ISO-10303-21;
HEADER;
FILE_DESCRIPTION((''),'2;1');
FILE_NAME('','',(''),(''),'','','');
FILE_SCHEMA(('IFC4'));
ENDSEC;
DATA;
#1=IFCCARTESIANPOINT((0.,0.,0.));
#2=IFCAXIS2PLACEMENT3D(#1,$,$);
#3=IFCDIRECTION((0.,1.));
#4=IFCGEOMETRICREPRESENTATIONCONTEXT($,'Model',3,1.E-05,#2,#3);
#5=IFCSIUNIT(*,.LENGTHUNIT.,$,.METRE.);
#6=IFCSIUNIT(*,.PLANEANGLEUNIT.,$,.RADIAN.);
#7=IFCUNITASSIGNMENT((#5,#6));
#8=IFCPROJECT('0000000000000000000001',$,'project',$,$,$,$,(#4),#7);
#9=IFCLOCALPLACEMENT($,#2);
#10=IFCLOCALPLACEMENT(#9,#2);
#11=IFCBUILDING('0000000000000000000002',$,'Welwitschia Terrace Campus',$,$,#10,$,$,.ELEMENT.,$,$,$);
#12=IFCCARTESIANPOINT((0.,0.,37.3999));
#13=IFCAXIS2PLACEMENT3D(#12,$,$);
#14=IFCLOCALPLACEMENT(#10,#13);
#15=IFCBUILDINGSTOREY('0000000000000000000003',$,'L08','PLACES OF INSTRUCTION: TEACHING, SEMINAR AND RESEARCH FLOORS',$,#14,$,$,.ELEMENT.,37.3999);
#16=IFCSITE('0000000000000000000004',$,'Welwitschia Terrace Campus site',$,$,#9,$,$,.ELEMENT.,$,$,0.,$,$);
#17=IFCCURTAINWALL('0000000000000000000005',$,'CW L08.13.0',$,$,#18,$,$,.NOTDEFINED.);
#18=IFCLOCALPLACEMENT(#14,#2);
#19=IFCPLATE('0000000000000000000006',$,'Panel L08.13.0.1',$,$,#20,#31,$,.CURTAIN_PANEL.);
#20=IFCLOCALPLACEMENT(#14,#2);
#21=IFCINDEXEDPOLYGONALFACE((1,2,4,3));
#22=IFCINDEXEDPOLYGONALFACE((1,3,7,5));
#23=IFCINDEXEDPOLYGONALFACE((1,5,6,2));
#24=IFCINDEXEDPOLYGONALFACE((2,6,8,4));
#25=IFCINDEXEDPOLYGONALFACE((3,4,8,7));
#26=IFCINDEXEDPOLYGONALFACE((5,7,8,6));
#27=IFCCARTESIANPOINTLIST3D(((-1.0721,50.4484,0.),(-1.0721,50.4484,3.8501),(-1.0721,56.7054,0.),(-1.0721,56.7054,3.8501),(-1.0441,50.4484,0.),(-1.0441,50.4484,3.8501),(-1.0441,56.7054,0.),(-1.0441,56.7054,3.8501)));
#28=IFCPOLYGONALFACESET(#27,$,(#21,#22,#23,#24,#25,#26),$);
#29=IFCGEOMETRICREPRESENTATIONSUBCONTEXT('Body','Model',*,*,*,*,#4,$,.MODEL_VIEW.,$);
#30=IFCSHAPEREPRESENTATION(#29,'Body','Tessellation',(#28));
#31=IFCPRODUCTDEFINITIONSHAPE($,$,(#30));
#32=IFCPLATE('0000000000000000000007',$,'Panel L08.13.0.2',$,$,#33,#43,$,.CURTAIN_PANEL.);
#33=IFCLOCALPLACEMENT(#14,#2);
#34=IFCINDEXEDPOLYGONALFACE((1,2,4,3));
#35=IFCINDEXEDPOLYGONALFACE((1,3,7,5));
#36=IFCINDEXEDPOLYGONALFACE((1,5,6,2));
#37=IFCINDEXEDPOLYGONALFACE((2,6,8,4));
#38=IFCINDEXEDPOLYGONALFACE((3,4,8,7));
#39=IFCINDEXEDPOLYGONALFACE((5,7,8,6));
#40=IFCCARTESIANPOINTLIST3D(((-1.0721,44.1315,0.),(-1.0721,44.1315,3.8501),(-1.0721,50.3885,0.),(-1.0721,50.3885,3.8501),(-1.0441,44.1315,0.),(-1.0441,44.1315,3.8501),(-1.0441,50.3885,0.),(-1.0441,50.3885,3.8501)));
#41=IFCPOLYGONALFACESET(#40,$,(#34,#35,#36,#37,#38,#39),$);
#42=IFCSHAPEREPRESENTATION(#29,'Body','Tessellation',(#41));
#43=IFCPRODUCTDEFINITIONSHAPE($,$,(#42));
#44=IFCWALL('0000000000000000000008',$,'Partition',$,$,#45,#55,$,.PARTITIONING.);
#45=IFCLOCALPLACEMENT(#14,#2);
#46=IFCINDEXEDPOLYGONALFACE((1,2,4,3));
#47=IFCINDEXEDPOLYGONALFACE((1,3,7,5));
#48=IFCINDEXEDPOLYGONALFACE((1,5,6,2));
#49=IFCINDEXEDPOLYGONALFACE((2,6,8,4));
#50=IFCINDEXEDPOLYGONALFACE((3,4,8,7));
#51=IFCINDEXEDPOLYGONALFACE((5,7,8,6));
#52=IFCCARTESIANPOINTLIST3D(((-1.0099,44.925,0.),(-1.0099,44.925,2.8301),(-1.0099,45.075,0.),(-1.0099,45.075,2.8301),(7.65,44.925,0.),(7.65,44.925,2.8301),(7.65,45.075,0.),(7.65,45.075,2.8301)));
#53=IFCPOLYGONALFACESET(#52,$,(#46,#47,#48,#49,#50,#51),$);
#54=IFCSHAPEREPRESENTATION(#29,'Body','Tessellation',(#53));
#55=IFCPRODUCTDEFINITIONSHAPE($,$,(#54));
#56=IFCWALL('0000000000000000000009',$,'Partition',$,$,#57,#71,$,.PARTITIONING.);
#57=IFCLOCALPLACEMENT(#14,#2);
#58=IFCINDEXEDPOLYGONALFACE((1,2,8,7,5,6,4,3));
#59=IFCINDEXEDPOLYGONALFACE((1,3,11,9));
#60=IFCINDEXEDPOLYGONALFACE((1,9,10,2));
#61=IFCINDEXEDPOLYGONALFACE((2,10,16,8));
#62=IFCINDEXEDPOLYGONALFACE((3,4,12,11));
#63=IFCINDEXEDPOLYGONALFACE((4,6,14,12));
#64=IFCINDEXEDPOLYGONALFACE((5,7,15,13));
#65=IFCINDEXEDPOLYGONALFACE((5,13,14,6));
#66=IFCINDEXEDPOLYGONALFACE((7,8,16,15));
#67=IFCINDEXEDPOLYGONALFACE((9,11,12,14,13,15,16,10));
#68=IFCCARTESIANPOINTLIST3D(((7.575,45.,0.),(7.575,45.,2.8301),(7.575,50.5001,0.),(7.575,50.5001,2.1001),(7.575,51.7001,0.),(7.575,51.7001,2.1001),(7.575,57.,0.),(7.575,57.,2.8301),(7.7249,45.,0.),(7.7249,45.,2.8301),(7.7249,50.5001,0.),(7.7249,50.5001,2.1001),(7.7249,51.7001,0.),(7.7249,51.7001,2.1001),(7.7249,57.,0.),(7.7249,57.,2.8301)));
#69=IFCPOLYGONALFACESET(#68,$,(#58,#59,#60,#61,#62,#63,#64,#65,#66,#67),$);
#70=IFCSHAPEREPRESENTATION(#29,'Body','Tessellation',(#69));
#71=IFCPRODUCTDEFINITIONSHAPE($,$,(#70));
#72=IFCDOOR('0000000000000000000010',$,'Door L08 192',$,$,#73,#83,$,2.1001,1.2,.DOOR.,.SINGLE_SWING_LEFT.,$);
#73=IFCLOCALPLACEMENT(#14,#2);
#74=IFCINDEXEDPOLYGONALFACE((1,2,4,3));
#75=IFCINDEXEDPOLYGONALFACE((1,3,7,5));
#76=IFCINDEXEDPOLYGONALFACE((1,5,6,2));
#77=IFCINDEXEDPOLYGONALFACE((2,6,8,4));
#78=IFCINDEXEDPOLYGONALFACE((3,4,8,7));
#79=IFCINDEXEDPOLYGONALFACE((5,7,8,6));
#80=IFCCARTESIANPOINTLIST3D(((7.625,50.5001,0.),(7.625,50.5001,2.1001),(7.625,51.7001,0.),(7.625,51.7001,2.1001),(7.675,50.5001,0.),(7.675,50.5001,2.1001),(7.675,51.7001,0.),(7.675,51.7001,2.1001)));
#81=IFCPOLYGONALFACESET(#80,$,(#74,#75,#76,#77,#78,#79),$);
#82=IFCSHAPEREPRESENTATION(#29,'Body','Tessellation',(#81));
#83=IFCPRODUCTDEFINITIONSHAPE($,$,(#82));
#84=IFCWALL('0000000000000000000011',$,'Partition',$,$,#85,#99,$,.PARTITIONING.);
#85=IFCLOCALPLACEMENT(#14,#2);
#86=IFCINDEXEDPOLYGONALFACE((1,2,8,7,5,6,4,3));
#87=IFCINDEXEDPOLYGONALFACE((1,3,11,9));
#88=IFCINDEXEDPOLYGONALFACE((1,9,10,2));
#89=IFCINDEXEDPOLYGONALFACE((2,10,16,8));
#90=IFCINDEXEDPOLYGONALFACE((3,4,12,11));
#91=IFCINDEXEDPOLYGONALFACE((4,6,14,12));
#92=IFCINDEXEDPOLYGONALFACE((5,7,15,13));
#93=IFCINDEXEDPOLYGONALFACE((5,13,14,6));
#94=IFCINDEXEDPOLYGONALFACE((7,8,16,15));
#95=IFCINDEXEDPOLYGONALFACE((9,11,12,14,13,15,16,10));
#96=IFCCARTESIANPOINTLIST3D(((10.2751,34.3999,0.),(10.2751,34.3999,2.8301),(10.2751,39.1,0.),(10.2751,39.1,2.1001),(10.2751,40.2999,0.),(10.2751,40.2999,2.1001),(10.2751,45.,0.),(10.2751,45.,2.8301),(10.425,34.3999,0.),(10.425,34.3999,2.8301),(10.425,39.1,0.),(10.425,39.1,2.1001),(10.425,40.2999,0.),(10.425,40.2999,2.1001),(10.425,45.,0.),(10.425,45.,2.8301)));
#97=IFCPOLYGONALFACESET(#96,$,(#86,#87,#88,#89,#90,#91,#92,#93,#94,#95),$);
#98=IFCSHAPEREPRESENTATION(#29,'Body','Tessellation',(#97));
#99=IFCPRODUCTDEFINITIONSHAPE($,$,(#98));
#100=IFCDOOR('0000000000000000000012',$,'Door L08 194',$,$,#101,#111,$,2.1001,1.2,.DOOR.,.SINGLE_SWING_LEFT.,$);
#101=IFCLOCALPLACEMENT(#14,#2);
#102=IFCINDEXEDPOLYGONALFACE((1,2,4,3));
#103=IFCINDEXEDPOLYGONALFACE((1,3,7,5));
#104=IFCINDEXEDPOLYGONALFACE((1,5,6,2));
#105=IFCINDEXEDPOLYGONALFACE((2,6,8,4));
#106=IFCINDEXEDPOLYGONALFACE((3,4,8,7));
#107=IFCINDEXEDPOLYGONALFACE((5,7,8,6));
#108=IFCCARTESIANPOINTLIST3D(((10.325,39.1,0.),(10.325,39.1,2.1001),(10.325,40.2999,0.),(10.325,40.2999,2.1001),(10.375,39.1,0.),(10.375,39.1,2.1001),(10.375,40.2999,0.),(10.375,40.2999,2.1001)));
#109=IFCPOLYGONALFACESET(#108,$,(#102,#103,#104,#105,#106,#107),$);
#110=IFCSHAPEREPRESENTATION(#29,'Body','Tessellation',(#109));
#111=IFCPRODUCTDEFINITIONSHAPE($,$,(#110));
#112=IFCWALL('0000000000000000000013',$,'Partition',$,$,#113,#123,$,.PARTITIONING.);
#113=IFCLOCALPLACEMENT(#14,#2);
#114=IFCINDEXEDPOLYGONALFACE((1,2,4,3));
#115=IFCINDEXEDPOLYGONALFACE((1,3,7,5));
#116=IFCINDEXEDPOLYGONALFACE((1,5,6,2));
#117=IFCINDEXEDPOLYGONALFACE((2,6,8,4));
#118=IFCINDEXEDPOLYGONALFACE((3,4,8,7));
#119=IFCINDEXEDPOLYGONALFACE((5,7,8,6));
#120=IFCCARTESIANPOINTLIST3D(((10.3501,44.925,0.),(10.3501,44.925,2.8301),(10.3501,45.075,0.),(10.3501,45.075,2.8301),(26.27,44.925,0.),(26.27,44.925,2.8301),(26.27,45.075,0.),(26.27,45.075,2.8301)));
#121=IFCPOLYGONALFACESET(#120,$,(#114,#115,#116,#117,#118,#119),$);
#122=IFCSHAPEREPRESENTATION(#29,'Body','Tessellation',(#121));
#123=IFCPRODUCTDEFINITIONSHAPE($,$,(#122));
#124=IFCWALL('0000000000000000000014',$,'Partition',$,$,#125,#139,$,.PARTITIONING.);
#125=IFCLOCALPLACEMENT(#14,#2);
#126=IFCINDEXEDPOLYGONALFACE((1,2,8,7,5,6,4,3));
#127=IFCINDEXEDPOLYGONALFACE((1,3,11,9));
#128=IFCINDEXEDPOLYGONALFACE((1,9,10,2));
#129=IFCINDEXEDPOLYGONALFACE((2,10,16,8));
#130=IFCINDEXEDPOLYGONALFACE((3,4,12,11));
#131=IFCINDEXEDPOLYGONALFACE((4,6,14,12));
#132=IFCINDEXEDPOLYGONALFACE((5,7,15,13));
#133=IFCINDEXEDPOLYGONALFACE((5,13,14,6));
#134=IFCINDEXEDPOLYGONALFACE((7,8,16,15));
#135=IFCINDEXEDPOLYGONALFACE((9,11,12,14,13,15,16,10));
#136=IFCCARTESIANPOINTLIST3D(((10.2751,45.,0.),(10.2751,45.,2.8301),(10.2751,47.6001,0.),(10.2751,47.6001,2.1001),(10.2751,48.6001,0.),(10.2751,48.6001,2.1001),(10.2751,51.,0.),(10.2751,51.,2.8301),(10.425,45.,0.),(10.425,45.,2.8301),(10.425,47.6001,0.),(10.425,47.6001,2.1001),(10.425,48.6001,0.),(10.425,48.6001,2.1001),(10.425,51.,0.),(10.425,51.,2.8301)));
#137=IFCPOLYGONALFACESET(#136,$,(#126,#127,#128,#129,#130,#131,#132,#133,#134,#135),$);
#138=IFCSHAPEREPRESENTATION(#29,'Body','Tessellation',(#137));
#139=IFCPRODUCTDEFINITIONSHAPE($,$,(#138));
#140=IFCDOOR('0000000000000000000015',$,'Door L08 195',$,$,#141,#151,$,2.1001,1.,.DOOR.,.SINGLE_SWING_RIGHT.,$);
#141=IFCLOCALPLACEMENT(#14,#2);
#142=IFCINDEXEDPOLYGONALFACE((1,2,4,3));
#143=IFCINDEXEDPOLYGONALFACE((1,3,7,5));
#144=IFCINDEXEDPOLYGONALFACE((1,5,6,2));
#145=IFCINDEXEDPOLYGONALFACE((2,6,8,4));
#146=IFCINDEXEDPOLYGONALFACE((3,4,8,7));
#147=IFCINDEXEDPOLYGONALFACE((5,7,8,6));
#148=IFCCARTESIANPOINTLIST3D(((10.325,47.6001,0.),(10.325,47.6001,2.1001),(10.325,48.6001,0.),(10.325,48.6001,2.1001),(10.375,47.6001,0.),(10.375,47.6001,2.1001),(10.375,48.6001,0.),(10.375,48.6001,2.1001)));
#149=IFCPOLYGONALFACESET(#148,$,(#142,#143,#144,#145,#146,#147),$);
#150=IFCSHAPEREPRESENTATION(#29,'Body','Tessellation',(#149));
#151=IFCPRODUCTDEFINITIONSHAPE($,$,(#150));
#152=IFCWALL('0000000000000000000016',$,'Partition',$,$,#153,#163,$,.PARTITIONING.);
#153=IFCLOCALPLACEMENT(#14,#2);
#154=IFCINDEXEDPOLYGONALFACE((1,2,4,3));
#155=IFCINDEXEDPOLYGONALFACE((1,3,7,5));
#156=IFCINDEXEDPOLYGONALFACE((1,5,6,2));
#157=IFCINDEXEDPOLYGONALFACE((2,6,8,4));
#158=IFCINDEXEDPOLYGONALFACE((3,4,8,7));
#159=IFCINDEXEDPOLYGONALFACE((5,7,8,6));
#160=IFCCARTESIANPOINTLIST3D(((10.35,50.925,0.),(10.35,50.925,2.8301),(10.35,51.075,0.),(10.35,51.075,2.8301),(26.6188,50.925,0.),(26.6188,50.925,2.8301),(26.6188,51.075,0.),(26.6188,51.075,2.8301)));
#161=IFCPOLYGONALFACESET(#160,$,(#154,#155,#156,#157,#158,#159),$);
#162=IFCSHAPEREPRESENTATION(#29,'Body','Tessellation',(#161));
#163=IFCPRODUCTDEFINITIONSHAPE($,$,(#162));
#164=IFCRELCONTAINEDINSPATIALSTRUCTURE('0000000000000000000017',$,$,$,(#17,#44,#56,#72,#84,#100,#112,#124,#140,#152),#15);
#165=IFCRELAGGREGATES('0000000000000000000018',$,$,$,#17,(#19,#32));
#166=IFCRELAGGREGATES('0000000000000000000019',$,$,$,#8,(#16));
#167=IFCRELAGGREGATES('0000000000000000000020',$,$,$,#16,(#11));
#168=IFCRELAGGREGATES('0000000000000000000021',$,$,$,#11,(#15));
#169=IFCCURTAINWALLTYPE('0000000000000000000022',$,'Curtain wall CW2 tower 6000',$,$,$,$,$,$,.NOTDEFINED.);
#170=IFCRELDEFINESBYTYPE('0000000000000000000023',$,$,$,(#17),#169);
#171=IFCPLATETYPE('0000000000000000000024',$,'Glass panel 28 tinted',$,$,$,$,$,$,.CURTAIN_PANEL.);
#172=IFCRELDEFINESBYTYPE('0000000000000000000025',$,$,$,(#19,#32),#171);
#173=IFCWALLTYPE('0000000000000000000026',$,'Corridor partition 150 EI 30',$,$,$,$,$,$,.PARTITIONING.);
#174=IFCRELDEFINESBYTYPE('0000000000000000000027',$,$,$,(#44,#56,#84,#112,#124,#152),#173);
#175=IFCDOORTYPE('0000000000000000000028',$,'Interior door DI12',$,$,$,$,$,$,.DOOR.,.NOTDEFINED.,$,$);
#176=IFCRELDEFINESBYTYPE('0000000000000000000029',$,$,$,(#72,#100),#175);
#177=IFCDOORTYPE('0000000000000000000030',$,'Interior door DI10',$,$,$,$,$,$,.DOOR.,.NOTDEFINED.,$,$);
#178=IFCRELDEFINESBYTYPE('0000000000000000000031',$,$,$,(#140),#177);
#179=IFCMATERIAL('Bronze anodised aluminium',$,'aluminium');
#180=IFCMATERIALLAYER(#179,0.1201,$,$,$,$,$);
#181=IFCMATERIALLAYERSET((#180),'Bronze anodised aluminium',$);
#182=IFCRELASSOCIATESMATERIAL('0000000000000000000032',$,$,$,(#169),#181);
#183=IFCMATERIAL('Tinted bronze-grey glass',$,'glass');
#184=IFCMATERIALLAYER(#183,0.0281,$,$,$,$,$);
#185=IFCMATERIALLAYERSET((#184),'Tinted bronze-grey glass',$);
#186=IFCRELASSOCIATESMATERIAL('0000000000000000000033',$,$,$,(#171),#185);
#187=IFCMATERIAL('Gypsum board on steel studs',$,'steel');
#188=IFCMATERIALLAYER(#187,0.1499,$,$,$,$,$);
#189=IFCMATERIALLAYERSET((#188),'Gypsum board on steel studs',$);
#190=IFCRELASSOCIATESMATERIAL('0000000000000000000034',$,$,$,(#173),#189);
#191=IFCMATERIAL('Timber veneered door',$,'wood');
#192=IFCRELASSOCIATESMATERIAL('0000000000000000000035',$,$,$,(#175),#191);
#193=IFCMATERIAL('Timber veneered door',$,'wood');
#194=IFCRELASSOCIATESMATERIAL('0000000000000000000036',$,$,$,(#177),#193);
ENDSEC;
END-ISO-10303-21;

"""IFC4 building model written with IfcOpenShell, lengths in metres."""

from ifc_helpers import new_model, si_unit, direction, frame, frame_2d, origin, origin_2d, place, context, subcontext, project, spatial, rectangle, extrude, material, layer, layer_set, type_object, element, fill, aggregate, save


model = new_model("IFC4")

# Units and contexts
model_context = context("Model", 3, precision=1e-05, world=origin(), true_north=direction((0.0, 1.0)))
body_context = subcontext(model_context, "Body", "Model", "MODEL_VIEW")
ifc_project = project(units=[si_unit("LENGTHUNIT", "METRE"), si_unit("PLANEANGLEUNIT", "RADIAN")], contexts=[model_context])

# Site, building, storey
site_placement = place(None, origin())
site = spatial("IfcSite", under=ifc_project, at=site_placement, Name="Welwitschia Terrace Campus site", CompositionType="ELEMENT", RefElevation=0.0)
building_placement = place(site_placement, origin())
building = spatial("IfcBuilding", under=site, at=building_placement, Name="Welwitschia Terrace Campus", CompositionType="ELEMENT")
storey_placement = place(building_placement, frame((0.0, 0.0, 37.3999)))
storey = spatial("IfcBuildingStorey", under=building, at=storey_placement, Name="L08", Description="PLACES OF INSTRUCTION: TEACHING, SEMINAR AND RESEARCH FLOORS", CompositionType="ELEMENT", Elevation=37.3999)

# Curtain wall
ifc_material_1 = material(Name="Bronze anodised aluminium", Category="aluminium")
ifc_layer_1 = layer(ifc_material_1, 0.1201)
ifc_layer_set_1 = layer_set([ifc_layer_1], Name="Bronze anodised aluminium")
curtain_wall_type = type_object("IfcCurtainWallType", Name="Curtain wall CW2 tower 6000", PredefinedType="NOTDEFINED", material=ifc_layer_set_1)
curtain_wall_placement = place(storey_placement, origin())
curtain_wall = element("IfcCurtainWall", 1, at=curtain_wall_placement, inside=storey, type_object=curtain_wall_type, Name="CW L08.13.0", PredefinedType="NOTDEFINED")

# Plates
ifc_material_2 = material(Name="Tinted bronze-grey glass", Category="glass")
ifc_layer_2 = layer(ifc_material_2, 0.0281)
ifc_layer_set_2 = layer_set([ifc_layer_2], Name="Tinted bronze-grey glass")
plate_type = type_object("IfcPlateType", Name="Glass panel 28 tinted", PredefinedType="CURTAIN_PANEL", material=ifc_layer_set_2)
plate_1_placement = place(storey_placement, frame((-1.0581, 53.5769, 0.0), z_axis=(0.0, 0.0, 1.0), x_axis=(0.0, -1.0, 0.0)))
plate_1 = element("IfcPlate", 2, at=plate_1_placement, type_object=plate_type, Name="Panel L08.13.0.1", PredefinedType="CURTAIN_PANEL", context=body_context, shape_type="SweptSolid", body=[
    extrude(rectangle(XDim=6.2571, YDim=0.0281, at=origin_2d()), origin(), (0.0, 0.0, 1.0), 3.8501),
])
plate_2_placement = place(storey_placement, frame((-1.0581, 47.26, 0.0), z_axis=(0.0, 0.0, 1.0), x_axis=(0.0, -1.0, 0.0)))
plate_2 = element("IfcPlate", 3, at=plate_2_placement, type_object=plate_type, Name="Panel L08.13.0.2", PredefinedType="CURTAIN_PANEL", context=body_context, shape_type="SweptSolid", body=[
    extrude(rectangle(XDim=6.2571, YDim=0.0281, at=origin_2d()), origin(), (0.0, 0.0, 1.0), 3.8501),
])
aggregate(curtain_wall, [plate_1, plate_2])

# Wall
ifc_material_3 = material(Name="Gypsum board on steel studs", Category="steel")
ifc_layer_3 = layer(ifc_material_3, 0.1499)
ifc_layer_set_3 = layer_set([ifc_layer_3], Name="Gypsum board on steel studs")
wall_type = type_object("IfcWallType", Name="Corridor partition 150 EI 30", PredefinedType="PARTITIONING", material=ifc_layer_set_3)
wall_1_placement = place(storey_placement, frame((-1.01, 45.0, 0.0), z_axis=(0.0, 0.0, 1.0), x_axis=(1.0, 0.0, 0.0)))
element("IfcWall", 4, at=wall_1_placement, inside=storey, type_object=wall_type, Name="Partition", PredefinedType="PARTITIONING", context=body_context, shape_type="SweptSolid", body=[
    extrude(rectangle(XDim=8.6599, YDim=0.1499, at=frame_2d((4.3301, 0.0))), origin(), (0.0, 0.0, 1.0), 2.8301),
])

# Walls, openings, doors
wall_2_placement = place(storey_placement, frame((7.6499, 45.0, 0.0), z_axis=(0.0, 0.0, 1.0), x_axis=(0.0, 1.0, 0.0)))
wall_2 = element("IfcWall", 5, at=wall_2_placement, inside=storey, type_object=wall_type, Name="Partition", PredefinedType="PARTITIONING", context=body_context, shape_type="SweptSolid", body=[
    extrude(rectangle(XDim=12.0, YDim=0.1499, at=frame_2d((6.0, 0.0))), origin(), (0.0, 0.0, 1.0), 2.8301),
])
opening_1_placement = place(wall_2_placement, frame((5.5, 0.0, 0.0)))
opening_1 = element("IfcOpeningElement", 6, at=opening_1_placement, cuts=wall_2, PredefinedType="OPENING", context=body_context, shape_type="SweptSolid", body=[
    extrude(rectangle(XDim=1.2, YDim=2.1001, at=frame_2d((0.6001, 1.05))), frame((0.0, 0.085, 0.0), z_axis=(0.0, -1.0, 0.0), x_axis=(1.0, 0.0, 0.0)), (0.0, 0.0, 1.0), 0.1699),
])
ifc_material_4 = material(Name="Timber veneered door", Category="wood")
door_type_1 = type_object("IfcDoorType", Name="Interior door DI12", OperationType="NOTDEFINED", PredefinedType="DOOR", material=ifc_material_4)
door_1_placement = place(opening_1_placement, origin())
door_1 = element("IfcDoor", 7, at=door_1_placement, inside=storey, type_object=door_type_1, Name="Door L08 192", OperationType="SINGLE_SWING_LEFT", OverallHeight=2.1001, OverallWidth=1.2, PredefinedType="DOOR", context=body_context, shape_type="SweptSolid", body=[
    extrude(rectangle(XDim=1.2, YDim=2.1001, at=frame_2d((0.6001, 1.05))), frame((0.0, 0.0249, 0.0), z_axis=(0.0, -1.0, 0.0), x_axis=(1.0, 0.0, 0.0)), (0.0, 0.0, 1.0), 0.05),
])
fill(opening_1, door_1)
wall_3_placement = place(storey_placement, frame((10.3501, 45.0, 0.0), z_axis=(0.0, 0.0, 1.0), x_axis=(0.0, -1.0, 0.0)))
wall_3 = element("IfcWall", 8, at=wall_3_placement, inside=storey, type_object=wall_type, Name="Partition", PredefinedType="PARTITIONING", context=body_context, shape_type="SweptSolid", body=[
    extrude(rectangle(XDim=10.6001, YDim=0.1499, at=frame_2d((5.3, 0.0))), origin(), (0.0, 0.0, 1.0), 2.8301),
])
opening_2_placement = place(wall_3_placement, frame((4.7, 0.0, 0.0)))
opening_2 = element("IfcOpeningElement", 9, at=opening_2_placement, cuts=wall_3, PredefinedType="OPENING", context=body_context, shape_type="SweptSolid", body=[
    extrude(rectangle(XDim=1.2, YDim=2.1001, at=frame_2d((0.6001, 1.05))), frame((0.0, 0.085, 0.0), z_axis=(0.0, -1.0, 0.0), x_axis=(1.0, 0.0, 0.0)), (0.0, 0.0, 1.0), 0.1699),
])
door_2_placement = place(opening_2_placement, origin())
door_2 = element("IfcDoor", 10, at=door_2_placement, inside=storey, type_object=door_type_1, Name="Door L08 194", OperationType="SINGLE_SWING_LEFT", OverallHeight=2.1001, OverallWidth=1.2, PredefinedType="DOOR", context=body_context, shape_type="SweptSolid", body=[
    extrude(rectangle(XDim=1.2, YDim=2.1001, at=frame_2d((0.6001, 1.05))), frame((0.0, 0.0249, 0.0), z_axis=(0.0, -1.0, 0.0), x_axis=(1.0, 0.0, 0.0)), (0.0, 0.0, 1.0), 0.05),
])
fill(opening_2, door_2)

# Wall
wall_4_placement = place(storey_placement, frame((10.3501, 45.0, 0.0), z_axis=(0.0, 0.0, 1.0), x_axis=(1.0, 0.0, 0.0)))
element("IfcWall", 11, at=wall_4_placement, inside=storey, type_object=wall_type, Name="Partition", PredefinedType="PARTITIONING", context=body_context, shape_type="SweptSolid", body=[
    extrude(rectangle(XDim=15.9199, YDim=0.1499, at=frame_2d((7.96, 0.0))), origin(), (0.0, 0.0, 1.0), 2.8301),
])

# Wall, opening, door
wall_5_placement = place(storey_placement, frame((10.3501, 51.0, 0.0), z_axis=(0.0, 0.0, 1.0), x_axis=(0.0, -1.0, 0.0)))
wall_5 = element("IfcWall", 12, at=wall_5_placement, inside=storey, type_object=wall_type, Name="Partition", PredefinedType="PARTITIONING", context=body_context, shape_type="SweptSolid", body=[
    extrude(rectangle(XDim=6.0, YDim=0.1499, at=frame_2d((3.0, 0.0))), origin(), (0.0, 0.0, 1.0), 2.8301),
])
opening_3_placement = place(wall_5_placement, frame((2.3999, 0.0, 0.0)))
opening_3 = element("IfcOpeningElement", 13, at=opening_3_placement, cuts=wall_5, PredefinedType="OPENING", context=body_context, shape_type="SweptSolid", body=[
    extrude(rectangle(XDim=1.0, YDim=2.1001, at=frame_2d((0.5, 1.05))), frame((0.0, 0.085, 0.0), z_axis=(0.0, -1.0, 0.0), x_axis=(1.0, 0.0, 0.0)), (0.0, 0.0, 1.0), 0.1699),
])
ifc_material_5 = material(Name="Timber veneered door", Category="wood")
door_type_2 = type_object("IfcDoorType", Name="Interior door DI10", OperationType="NOTDEFINED", PredefinedType="DOOR", material=ifc_material_5)
door_3_placement = place(opening_3_placement, origin())
door_3 = element("IfcDoor", 14, at=door_3_placement, inside=storey, type_object=door_type_2, Name="Door L08 195", OperationType="SINGLE_SWING_RIGHT", OverallHeight=2.1001, OverallWidth=1.0, PredefinedType="DOOR", context=body_context, shape_type="SweptSolid", body=[
    extrude(rectangle(XDim=1.0, YDim=2.1001, at=frame_2d((0.5, 1.05))), frame((0.0, 0.0249, 0.0), z_axis=(0.0, -1.0, 0.0), x_axis=(1.0, 0.0, 0.0)), (0.0, 0.0, 1.0), 0.05),
])
fill(opening_3, door_3)

# Wall
wall_6_placement = place(storey_placement, frame((10.3501, 51.0, 0.0), z_axis=(0.0, 0.0, 1.0), x_axis=(1.0, 0.0, 0.0)))
element("IfcWall", 15, at=wall_6_placement, inside=storey, type_object=wall_type, Name="Partition", PredefinedType="PARTITIONING", context=body_context, shape_type="SweptSolid", body=[
    extrude(rectangle(XDim=16.2688, YDim=0.1499, at=frame_2d((8.1343, 0.0))), origin(), (0.0, 0.0, 1.0), 2.8301),
])

save(model, "model.ifc")
